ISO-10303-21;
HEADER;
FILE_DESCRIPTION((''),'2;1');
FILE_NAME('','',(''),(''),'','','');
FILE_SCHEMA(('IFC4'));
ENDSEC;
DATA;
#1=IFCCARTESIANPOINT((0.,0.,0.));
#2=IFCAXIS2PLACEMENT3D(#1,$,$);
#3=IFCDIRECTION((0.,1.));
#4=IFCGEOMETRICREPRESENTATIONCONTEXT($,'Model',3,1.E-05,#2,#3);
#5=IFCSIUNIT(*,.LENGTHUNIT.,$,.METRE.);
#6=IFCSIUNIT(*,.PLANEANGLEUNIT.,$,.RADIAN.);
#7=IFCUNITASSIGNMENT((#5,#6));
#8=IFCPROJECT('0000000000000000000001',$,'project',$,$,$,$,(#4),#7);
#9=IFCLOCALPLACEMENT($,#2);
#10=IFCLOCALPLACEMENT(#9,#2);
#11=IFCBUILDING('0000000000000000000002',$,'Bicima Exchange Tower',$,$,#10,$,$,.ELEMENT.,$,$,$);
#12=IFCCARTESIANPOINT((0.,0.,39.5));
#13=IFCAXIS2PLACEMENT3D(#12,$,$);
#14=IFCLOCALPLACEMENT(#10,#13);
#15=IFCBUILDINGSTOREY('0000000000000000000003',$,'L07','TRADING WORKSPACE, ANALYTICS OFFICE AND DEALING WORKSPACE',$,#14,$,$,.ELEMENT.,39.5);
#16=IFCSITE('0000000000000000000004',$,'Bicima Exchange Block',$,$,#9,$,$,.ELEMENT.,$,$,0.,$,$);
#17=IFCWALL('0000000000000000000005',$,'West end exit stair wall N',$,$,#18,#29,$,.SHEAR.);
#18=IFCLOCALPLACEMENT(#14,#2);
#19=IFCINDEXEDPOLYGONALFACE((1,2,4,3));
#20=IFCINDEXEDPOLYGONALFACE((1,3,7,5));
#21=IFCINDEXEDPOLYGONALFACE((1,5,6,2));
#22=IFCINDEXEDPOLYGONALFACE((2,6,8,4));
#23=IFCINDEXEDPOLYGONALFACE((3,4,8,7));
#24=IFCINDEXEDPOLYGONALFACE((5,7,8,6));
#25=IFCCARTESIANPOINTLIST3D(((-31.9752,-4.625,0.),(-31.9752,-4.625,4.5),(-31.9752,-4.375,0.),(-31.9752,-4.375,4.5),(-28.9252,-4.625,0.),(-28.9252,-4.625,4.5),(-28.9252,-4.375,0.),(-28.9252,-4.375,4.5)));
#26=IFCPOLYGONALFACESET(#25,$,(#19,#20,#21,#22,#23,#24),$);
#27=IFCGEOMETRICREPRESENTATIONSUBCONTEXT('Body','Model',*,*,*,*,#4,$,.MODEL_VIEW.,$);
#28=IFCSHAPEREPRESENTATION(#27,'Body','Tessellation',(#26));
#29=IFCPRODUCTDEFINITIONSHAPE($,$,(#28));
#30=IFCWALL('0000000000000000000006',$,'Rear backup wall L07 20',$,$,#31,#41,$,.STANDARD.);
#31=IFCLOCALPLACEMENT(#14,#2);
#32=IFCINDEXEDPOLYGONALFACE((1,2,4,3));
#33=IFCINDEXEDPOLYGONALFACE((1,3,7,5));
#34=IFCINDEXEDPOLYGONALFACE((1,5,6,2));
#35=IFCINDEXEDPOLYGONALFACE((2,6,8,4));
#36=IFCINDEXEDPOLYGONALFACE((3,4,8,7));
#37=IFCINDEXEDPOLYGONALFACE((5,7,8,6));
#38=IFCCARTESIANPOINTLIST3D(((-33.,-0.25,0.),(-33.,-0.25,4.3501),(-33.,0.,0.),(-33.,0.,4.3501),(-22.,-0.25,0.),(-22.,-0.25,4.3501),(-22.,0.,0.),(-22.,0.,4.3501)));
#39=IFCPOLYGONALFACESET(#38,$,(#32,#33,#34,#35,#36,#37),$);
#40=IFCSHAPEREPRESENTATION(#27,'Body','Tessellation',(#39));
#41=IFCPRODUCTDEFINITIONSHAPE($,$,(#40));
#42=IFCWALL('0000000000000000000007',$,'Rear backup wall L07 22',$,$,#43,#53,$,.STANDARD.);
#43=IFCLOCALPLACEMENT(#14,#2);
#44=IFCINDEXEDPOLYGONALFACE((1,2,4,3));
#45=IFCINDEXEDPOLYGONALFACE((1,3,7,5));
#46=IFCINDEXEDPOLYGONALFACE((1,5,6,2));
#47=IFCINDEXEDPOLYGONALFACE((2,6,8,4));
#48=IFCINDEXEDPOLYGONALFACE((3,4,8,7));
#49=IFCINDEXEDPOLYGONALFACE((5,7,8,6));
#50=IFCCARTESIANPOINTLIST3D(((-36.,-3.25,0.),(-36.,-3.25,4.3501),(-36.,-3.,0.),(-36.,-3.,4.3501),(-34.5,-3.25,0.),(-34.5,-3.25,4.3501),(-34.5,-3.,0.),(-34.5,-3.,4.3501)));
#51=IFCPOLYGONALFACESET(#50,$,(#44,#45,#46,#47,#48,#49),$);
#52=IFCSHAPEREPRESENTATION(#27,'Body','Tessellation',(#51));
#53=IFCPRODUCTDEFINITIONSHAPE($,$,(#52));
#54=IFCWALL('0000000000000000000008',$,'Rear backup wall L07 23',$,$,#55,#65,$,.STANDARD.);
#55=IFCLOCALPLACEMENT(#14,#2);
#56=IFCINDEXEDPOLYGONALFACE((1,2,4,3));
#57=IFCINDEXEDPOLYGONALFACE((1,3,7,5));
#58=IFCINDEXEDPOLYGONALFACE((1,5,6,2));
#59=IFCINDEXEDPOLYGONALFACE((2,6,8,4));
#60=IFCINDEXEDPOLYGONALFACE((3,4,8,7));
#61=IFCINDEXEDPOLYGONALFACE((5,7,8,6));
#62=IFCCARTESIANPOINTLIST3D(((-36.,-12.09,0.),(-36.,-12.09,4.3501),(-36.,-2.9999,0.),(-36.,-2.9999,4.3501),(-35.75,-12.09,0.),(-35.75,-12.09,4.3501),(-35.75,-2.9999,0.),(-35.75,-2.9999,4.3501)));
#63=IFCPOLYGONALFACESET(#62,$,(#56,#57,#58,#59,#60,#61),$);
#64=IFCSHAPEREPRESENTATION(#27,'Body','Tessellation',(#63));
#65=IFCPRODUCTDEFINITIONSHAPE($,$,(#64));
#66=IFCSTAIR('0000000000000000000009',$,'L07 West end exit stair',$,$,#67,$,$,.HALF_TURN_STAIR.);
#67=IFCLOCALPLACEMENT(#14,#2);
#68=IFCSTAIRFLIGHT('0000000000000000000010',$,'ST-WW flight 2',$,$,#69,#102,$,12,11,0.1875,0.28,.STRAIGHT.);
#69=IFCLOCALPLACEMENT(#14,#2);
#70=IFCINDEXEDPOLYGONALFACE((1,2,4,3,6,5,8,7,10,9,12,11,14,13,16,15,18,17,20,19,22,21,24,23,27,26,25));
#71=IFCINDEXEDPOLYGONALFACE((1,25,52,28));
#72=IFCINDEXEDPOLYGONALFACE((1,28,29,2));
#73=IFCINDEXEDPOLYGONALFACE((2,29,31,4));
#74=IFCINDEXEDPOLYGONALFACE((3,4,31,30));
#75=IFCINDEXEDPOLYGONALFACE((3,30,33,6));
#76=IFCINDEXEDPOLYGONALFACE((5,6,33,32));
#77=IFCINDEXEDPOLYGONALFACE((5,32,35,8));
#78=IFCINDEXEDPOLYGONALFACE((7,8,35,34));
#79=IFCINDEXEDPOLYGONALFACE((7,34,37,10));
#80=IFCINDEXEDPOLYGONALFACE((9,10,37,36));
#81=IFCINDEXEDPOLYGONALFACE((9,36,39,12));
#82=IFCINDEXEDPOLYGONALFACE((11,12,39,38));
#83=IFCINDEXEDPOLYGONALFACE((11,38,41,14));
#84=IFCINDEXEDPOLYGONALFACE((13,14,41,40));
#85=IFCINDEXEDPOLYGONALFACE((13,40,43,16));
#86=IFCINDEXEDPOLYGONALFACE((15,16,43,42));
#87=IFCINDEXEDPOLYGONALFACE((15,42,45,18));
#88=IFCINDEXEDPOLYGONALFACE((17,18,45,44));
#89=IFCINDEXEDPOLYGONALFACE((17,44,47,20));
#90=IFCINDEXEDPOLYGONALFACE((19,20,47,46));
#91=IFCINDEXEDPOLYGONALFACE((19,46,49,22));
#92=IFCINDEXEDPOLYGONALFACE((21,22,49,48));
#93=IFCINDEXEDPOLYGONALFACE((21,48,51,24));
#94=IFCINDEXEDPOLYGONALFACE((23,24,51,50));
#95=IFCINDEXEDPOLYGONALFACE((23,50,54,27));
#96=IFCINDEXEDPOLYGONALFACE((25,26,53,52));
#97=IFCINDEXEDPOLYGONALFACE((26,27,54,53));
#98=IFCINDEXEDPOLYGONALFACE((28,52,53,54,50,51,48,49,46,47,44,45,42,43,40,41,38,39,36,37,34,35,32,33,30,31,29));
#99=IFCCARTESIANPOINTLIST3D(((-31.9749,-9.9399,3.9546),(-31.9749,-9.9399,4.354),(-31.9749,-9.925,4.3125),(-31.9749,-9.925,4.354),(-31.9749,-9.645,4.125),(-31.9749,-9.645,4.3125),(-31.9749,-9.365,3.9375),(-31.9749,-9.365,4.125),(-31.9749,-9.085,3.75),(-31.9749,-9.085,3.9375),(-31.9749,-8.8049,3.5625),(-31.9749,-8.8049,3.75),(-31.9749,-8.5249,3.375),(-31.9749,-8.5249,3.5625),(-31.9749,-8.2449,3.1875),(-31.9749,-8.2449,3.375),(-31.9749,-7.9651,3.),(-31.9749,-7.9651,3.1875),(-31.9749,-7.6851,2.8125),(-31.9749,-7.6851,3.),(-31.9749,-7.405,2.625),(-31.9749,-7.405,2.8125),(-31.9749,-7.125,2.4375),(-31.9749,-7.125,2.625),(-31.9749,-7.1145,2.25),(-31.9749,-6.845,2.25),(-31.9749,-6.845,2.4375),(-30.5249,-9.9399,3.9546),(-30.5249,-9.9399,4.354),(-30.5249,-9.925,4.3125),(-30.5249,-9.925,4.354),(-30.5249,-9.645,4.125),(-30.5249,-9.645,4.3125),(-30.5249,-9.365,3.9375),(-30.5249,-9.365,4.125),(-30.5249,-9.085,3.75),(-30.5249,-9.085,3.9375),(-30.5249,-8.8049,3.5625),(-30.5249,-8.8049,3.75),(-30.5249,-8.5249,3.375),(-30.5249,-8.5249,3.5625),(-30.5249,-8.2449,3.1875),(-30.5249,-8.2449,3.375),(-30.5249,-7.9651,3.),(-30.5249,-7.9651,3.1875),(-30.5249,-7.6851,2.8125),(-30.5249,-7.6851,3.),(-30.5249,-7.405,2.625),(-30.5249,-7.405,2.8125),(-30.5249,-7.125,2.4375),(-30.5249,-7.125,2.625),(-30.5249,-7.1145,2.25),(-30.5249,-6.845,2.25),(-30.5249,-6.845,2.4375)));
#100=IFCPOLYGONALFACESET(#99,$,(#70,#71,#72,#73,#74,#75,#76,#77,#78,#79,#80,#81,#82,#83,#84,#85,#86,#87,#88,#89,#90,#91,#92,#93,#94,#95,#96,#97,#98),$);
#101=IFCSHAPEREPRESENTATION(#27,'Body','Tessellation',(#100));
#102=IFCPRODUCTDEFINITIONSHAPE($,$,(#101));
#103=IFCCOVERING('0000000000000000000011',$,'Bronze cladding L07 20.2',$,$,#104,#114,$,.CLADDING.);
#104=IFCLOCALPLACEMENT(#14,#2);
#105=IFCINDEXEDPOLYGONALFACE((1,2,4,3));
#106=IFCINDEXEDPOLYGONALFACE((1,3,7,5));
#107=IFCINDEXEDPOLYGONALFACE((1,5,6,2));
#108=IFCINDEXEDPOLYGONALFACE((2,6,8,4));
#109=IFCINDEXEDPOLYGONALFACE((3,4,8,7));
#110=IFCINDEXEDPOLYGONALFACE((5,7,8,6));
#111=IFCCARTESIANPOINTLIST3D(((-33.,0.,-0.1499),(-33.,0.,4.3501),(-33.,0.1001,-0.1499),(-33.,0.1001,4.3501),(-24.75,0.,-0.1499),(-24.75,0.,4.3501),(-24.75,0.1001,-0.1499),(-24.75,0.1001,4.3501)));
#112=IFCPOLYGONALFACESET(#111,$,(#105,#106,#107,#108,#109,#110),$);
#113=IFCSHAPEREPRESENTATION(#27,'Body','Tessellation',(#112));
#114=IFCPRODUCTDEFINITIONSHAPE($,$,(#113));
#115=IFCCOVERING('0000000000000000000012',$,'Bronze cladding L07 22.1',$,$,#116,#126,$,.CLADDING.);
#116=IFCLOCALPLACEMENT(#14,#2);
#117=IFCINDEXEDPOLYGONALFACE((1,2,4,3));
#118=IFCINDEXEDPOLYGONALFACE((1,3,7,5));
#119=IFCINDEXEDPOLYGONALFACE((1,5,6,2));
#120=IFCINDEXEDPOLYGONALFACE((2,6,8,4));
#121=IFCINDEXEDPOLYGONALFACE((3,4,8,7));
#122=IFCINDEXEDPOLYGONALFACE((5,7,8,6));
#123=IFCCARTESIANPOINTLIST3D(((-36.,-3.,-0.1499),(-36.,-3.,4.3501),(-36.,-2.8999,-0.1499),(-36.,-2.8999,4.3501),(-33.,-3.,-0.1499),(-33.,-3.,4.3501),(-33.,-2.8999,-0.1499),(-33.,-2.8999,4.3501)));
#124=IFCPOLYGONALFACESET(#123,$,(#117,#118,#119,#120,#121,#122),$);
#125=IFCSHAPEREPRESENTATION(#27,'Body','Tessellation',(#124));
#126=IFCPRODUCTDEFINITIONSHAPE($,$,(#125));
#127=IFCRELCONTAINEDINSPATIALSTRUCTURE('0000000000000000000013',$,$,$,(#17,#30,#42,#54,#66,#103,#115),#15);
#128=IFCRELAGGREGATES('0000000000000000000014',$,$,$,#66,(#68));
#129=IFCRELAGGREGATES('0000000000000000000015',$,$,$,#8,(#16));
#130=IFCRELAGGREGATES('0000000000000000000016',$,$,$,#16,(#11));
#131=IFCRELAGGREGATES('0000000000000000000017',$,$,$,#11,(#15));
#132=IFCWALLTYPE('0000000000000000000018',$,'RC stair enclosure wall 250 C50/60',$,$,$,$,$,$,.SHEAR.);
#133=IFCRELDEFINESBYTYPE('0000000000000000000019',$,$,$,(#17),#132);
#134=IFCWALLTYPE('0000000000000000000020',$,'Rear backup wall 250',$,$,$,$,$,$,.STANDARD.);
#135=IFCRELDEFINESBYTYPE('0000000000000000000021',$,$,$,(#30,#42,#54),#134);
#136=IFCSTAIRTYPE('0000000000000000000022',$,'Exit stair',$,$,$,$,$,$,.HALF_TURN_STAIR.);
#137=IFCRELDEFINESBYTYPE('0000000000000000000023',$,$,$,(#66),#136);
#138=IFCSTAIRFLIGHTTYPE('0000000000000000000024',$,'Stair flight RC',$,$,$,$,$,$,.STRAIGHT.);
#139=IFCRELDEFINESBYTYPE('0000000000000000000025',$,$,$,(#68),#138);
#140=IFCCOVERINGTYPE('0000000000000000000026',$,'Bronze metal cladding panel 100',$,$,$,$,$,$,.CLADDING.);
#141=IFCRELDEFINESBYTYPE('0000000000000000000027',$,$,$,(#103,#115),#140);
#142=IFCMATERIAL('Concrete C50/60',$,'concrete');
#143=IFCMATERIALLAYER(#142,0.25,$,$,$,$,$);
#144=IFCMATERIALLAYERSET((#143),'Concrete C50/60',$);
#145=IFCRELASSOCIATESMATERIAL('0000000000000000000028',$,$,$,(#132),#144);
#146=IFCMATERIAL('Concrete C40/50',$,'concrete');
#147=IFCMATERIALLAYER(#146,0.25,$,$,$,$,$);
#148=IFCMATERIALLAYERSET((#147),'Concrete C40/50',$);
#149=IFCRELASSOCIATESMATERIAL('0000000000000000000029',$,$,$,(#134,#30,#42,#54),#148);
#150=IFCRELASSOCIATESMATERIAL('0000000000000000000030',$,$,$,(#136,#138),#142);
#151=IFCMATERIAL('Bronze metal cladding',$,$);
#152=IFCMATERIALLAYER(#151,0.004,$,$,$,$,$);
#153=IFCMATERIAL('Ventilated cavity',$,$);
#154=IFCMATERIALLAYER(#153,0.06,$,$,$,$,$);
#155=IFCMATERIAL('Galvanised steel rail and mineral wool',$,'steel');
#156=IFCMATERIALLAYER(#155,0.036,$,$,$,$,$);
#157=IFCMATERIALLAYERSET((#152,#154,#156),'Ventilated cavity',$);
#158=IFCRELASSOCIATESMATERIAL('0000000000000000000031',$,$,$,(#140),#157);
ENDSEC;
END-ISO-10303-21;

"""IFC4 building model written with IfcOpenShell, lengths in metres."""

from ifc_helpers import new_model, si_unit, direction, frame, frame_2d, origin, origin_2d, place, context, subcontext, project, spatial, polyline, rectangle, outline, extrude, material, layer, layer_set, layer_usage, type_object, element, aggregate, save


model = new_model("IFC4")

# Units and contexts
model_context = context("Model", 3, precision=1e-05, world=origin(), true_north=direction((0.0, 1.0)))
body_context = subcontext(model_context, "Body", "Model", "MODEL_VIEW")
ifc_project = project(units=[si_unit("LENGTHUNIT", "METRE"), si_unit("PLANEANGLEUNIT", "RADIAN")], contexts=[model_context])

# Site, building, storey
site_placement = place(None, origin())
site = spatial("IfcSite", under=ifc_project, at=site_placement, Name="Bicima Exchange Block", CompositionType="ELEMENT", RefElevation=0.0)
building_placement = place(site_placement, origin())
building = spatial("IfcBuilding", under=site, at=building_placement, Name="Bicima Exchange Tower", CompositionType="ELEMENT")
storey_placement = place(building_placement, frame((0.0, 0.0, 39.5)))
storey = spatial("IfcBuildingStorey", under=building, at=storey_placement, Name="L07", Description="TRADING WORKSPACE, ANALYTICS OFFICE AND DEALING WORKSPACE", CompositionType="ELEMENT", Elevation=39.5)

# Walls
ifc_material_1 = material(Name="Concrete C50/60", Category="concrete")
ifc_layer_1 = layer(ifc_material_1, 0.25)
ifc_layer_set_1 = layer_set([ifc_layer_1], Name="Concrete C50/60")
wall_type_1 = type_object("IfcWallType", Name="RC stair enclosure wall 250 C50/60", PredefinedType="SHEAR", material=ifc_layer_set_1)
wall_1_placement = place(storey_placement, frame((-31.9751, -4.5, 0.0), z_axis=(0.0, 0.0, 1.0), x_axis=(1.0, 0.0, 0.0)))
element("IfcWall", 1, at=wall_1_placement, inside=storey, type_object=wall_type_1, Name="West end exit stair wall N", PredefinedType="SHEAR", context=body_context, shape_type="SweptSolid", body=[
    extrude(rectangle(XDim=3.05, YDim=0.25, at=frame_2d((1.5249, 0.0))), origin(), (0.0, 0.0, 1.0), 4.5),
])
ifc_material_2 = material(Name="Concrete C40/50", Category="concrete")
ifc_layer_2 = layer(ifc_material_2, 0.25)
ifc_layer_set_2 = layer_set([ifc_layer_2], Name="Concrete C40/50")
ifc_layer_usage = layer_usage(ifc_layer_set_2, "AXIS2", "POSITIVE", -0.125)
wall_type_2 = type_object("IfcWallType", Name="Rear backup wall 250", PredefinedType="STANDARD", material=ifc_layer_set_2)
wall_2_placement = place(storey_placement, frame((-22.0, -0.125, 0.0), z_axis=(0.0, 0.0, 1.0), x_axis=(-1.0, 0.0, 0.0)))
element("IfcWall", 2, at=wall_2_placement, inside=storey, type_object=wall_type_2, material=ifc_layer_usage, Name="Rear backup wall L07 20", PredefinedType="STANDARD", context=body_context, shape_type="SweptSolid", body=[
    extrude(rectangle(XDim=11.0, YDim=0.25, at=frame_2d((5.5, 0.0))), origin(), (0.0, 0.0, 1.0), 4.3501),
])
wall_3_placement = place(storey_placement, frame((-34.5, -3.125, 0.0), z_axis=(0.0, 0.0, 1.0), x_axis=(-1.0, 0.0, 0.0)))
element("IfcWall", 3, at=wall_3_placement, inside=storey, type_object=wall_type_2, material=ifc_layer_usage, Name="Rear backup wall L07 22", PredefinedType="STANDARD", context=body_context, shape_type="SweptSolid", body=[
    extrude(rectangle(XDim=1.5, YDim=0.25, at=frame_2d((0.75, 0.0))), origin(), (0.0, 0.0, 1.0), 4.3501),
])
wall_4_placement = place(storey_placement, frame((-35.875, -3.0, 0.0), z_axis=(0.0, 0.0, 1.0), x_axis=(0.0, -1.0, 0.0)))
element("IfcWall", 4, at=wall_4_placement, inside=storey, type_object=wall_type_2, material=ifc_layer_usage, Name="Rear backup wall L07 23", PredefinedType="STANDARD", context=body_context, shape_type="SweptSolid", body=[
    extrude(rectangle(XDim=9.0901, YDim=0.25, at=frame_2d((4.5449, 0.0))), origin(), (0.0, 0.0, 1.0), 4.3501),
])

# Stair, stair flight
stair_type = type_object("IfcStairType", Name="Exit stair", PredefinedType="HALF_TURN_STAIR", material=ifc_material_1)
stair_placement = place(storey_placement, origin())
stair = element("IfcStair", 5, at=stair_placement, inside=storey, type_object=stair_type, Name="L07 West end exit stair", PredefinedType="HALF_TURN_STAIR")
stair_flight_type = type_object("IfcStairFlightType", Name="Stair flight RC", PredefinedType="STRAIGHT", material=ifc_material_1)
stair_flight_placement = place(storey_placement, frame((-31.25, -6.845, 2.25), z_axis=(0.0, 0.0, 1.0), x_axis=(0.0, -1.0, 0.0)))
stair_flight = element("IfcStairFlight", 6, at=stair_flight_placement, type_object=stair_flight_type, Name="ST-WW flight 2", NumberOfRisers=12, NumberOfTreads=11, PredefinedType="STRAIGHT", RiserHeight=0.1875, TreadLength=0.28, context=body_context, shape_type="SweptSolid", body=[
    extrude(outline(polyline([(0.0, 0.0), (0.0, 0.1875), (0.28, 0.1875), (0.28, 0.375), (0.5601, 0.375), (0.5601, 0.5625), (0.8401, 0.5625), (0.8401, 0.75), (1.1201, 0.75), (1.1201, 0.9375), (1.3999, 0.9375), (1.3999, 1.125), (1.6799, 1.125), (1.6799, 1.3125), (1.96, 1.3125), (1.96, 1.5), (2.24, 1.5), (2.24, 1.6875), (2.52, 1.6875), (2.52, 1.875), (2.8, 1.875), (2.8, 2.0625), (3.0801, 2.0625), (3.0801, 2.104), (3.095, 2.104), (3.095, 1.7046), (0.2695, 0.0), (0.0, 0.0)])), frame((0.0, 0.7251, 0.0), z_axis=(0.0, -1.0, 0.0), x_axis=(1.0, 0.0, 0.0)), (0.0, 0.0, 1.0), 1.45),
])
aggregate(stair, [stair_flight])

# Coverings
ifc_material_3 = material(Name="Bronze metal cladding")
ifc_layer_3 = layer(ifc_material_3, 0.004)
ifc_material_4 = material(Name="Ventilated cavity")
ifc_layer_4 = layer(ifc_material_4, 0.06)
ifc_material_5 = material(Name="Galvanised steel rail and mineral wool", Category="steel")
ifc_layer_5 = layer(ifc_material_5, 0.036)
ifc_layer_set_3 = layer_set([ifc_layer_3, ifc_layer_4, ifc_layer_5], Name="Ventilated cavity")
covering_type = type_object("IfcCoveringType", Name="Bronze metal cladding panel 100", PredefinedType="CLADDING", material=ifc_layer_set_3)
covering_1_placement = place(storey_placement, frame((-28.875, 0.05, -0.1499), z_axis=(0.0, 0.0, 1.0), x_axis=(-1.0, 0.0, 0.0)))
element("IfcCovering", 7, at=covering_1_placement, inside=storey, type_object=covering_type, Name="Bronze cladding L07 20.2", PredefinedType="CLADDING", context=body_context, shape_type="SweptSolid", body=[
    extrude(rectangle(XDim=8.25, YDim=0.1001, at=origin_2d()), origin(), (0.0, 0.0, 1.0), 4.5),
])
covering_2_placement = place(storey_placement, frame((-34.5, -2.95, -0.1499), z_axis=(0.0, 0.0, 1.0), x_axis=(-1.0, 0.0, 0.0)))
element("IfcCovering", 8, at=covering_2_placement, inside=storey, type_object=covering_type, Name="Bronze cladding L07 22.1", PredefinedType="CLADDING", context=body_context, shape_type="SweptSolid", body=[
    extrude(rectangle(XDim=3.0, YDim=0.1001, at=origin_2d()), origin(), (0.0, 0.0, 1.0), 4.5),
])

save(model, "model.ifc")
